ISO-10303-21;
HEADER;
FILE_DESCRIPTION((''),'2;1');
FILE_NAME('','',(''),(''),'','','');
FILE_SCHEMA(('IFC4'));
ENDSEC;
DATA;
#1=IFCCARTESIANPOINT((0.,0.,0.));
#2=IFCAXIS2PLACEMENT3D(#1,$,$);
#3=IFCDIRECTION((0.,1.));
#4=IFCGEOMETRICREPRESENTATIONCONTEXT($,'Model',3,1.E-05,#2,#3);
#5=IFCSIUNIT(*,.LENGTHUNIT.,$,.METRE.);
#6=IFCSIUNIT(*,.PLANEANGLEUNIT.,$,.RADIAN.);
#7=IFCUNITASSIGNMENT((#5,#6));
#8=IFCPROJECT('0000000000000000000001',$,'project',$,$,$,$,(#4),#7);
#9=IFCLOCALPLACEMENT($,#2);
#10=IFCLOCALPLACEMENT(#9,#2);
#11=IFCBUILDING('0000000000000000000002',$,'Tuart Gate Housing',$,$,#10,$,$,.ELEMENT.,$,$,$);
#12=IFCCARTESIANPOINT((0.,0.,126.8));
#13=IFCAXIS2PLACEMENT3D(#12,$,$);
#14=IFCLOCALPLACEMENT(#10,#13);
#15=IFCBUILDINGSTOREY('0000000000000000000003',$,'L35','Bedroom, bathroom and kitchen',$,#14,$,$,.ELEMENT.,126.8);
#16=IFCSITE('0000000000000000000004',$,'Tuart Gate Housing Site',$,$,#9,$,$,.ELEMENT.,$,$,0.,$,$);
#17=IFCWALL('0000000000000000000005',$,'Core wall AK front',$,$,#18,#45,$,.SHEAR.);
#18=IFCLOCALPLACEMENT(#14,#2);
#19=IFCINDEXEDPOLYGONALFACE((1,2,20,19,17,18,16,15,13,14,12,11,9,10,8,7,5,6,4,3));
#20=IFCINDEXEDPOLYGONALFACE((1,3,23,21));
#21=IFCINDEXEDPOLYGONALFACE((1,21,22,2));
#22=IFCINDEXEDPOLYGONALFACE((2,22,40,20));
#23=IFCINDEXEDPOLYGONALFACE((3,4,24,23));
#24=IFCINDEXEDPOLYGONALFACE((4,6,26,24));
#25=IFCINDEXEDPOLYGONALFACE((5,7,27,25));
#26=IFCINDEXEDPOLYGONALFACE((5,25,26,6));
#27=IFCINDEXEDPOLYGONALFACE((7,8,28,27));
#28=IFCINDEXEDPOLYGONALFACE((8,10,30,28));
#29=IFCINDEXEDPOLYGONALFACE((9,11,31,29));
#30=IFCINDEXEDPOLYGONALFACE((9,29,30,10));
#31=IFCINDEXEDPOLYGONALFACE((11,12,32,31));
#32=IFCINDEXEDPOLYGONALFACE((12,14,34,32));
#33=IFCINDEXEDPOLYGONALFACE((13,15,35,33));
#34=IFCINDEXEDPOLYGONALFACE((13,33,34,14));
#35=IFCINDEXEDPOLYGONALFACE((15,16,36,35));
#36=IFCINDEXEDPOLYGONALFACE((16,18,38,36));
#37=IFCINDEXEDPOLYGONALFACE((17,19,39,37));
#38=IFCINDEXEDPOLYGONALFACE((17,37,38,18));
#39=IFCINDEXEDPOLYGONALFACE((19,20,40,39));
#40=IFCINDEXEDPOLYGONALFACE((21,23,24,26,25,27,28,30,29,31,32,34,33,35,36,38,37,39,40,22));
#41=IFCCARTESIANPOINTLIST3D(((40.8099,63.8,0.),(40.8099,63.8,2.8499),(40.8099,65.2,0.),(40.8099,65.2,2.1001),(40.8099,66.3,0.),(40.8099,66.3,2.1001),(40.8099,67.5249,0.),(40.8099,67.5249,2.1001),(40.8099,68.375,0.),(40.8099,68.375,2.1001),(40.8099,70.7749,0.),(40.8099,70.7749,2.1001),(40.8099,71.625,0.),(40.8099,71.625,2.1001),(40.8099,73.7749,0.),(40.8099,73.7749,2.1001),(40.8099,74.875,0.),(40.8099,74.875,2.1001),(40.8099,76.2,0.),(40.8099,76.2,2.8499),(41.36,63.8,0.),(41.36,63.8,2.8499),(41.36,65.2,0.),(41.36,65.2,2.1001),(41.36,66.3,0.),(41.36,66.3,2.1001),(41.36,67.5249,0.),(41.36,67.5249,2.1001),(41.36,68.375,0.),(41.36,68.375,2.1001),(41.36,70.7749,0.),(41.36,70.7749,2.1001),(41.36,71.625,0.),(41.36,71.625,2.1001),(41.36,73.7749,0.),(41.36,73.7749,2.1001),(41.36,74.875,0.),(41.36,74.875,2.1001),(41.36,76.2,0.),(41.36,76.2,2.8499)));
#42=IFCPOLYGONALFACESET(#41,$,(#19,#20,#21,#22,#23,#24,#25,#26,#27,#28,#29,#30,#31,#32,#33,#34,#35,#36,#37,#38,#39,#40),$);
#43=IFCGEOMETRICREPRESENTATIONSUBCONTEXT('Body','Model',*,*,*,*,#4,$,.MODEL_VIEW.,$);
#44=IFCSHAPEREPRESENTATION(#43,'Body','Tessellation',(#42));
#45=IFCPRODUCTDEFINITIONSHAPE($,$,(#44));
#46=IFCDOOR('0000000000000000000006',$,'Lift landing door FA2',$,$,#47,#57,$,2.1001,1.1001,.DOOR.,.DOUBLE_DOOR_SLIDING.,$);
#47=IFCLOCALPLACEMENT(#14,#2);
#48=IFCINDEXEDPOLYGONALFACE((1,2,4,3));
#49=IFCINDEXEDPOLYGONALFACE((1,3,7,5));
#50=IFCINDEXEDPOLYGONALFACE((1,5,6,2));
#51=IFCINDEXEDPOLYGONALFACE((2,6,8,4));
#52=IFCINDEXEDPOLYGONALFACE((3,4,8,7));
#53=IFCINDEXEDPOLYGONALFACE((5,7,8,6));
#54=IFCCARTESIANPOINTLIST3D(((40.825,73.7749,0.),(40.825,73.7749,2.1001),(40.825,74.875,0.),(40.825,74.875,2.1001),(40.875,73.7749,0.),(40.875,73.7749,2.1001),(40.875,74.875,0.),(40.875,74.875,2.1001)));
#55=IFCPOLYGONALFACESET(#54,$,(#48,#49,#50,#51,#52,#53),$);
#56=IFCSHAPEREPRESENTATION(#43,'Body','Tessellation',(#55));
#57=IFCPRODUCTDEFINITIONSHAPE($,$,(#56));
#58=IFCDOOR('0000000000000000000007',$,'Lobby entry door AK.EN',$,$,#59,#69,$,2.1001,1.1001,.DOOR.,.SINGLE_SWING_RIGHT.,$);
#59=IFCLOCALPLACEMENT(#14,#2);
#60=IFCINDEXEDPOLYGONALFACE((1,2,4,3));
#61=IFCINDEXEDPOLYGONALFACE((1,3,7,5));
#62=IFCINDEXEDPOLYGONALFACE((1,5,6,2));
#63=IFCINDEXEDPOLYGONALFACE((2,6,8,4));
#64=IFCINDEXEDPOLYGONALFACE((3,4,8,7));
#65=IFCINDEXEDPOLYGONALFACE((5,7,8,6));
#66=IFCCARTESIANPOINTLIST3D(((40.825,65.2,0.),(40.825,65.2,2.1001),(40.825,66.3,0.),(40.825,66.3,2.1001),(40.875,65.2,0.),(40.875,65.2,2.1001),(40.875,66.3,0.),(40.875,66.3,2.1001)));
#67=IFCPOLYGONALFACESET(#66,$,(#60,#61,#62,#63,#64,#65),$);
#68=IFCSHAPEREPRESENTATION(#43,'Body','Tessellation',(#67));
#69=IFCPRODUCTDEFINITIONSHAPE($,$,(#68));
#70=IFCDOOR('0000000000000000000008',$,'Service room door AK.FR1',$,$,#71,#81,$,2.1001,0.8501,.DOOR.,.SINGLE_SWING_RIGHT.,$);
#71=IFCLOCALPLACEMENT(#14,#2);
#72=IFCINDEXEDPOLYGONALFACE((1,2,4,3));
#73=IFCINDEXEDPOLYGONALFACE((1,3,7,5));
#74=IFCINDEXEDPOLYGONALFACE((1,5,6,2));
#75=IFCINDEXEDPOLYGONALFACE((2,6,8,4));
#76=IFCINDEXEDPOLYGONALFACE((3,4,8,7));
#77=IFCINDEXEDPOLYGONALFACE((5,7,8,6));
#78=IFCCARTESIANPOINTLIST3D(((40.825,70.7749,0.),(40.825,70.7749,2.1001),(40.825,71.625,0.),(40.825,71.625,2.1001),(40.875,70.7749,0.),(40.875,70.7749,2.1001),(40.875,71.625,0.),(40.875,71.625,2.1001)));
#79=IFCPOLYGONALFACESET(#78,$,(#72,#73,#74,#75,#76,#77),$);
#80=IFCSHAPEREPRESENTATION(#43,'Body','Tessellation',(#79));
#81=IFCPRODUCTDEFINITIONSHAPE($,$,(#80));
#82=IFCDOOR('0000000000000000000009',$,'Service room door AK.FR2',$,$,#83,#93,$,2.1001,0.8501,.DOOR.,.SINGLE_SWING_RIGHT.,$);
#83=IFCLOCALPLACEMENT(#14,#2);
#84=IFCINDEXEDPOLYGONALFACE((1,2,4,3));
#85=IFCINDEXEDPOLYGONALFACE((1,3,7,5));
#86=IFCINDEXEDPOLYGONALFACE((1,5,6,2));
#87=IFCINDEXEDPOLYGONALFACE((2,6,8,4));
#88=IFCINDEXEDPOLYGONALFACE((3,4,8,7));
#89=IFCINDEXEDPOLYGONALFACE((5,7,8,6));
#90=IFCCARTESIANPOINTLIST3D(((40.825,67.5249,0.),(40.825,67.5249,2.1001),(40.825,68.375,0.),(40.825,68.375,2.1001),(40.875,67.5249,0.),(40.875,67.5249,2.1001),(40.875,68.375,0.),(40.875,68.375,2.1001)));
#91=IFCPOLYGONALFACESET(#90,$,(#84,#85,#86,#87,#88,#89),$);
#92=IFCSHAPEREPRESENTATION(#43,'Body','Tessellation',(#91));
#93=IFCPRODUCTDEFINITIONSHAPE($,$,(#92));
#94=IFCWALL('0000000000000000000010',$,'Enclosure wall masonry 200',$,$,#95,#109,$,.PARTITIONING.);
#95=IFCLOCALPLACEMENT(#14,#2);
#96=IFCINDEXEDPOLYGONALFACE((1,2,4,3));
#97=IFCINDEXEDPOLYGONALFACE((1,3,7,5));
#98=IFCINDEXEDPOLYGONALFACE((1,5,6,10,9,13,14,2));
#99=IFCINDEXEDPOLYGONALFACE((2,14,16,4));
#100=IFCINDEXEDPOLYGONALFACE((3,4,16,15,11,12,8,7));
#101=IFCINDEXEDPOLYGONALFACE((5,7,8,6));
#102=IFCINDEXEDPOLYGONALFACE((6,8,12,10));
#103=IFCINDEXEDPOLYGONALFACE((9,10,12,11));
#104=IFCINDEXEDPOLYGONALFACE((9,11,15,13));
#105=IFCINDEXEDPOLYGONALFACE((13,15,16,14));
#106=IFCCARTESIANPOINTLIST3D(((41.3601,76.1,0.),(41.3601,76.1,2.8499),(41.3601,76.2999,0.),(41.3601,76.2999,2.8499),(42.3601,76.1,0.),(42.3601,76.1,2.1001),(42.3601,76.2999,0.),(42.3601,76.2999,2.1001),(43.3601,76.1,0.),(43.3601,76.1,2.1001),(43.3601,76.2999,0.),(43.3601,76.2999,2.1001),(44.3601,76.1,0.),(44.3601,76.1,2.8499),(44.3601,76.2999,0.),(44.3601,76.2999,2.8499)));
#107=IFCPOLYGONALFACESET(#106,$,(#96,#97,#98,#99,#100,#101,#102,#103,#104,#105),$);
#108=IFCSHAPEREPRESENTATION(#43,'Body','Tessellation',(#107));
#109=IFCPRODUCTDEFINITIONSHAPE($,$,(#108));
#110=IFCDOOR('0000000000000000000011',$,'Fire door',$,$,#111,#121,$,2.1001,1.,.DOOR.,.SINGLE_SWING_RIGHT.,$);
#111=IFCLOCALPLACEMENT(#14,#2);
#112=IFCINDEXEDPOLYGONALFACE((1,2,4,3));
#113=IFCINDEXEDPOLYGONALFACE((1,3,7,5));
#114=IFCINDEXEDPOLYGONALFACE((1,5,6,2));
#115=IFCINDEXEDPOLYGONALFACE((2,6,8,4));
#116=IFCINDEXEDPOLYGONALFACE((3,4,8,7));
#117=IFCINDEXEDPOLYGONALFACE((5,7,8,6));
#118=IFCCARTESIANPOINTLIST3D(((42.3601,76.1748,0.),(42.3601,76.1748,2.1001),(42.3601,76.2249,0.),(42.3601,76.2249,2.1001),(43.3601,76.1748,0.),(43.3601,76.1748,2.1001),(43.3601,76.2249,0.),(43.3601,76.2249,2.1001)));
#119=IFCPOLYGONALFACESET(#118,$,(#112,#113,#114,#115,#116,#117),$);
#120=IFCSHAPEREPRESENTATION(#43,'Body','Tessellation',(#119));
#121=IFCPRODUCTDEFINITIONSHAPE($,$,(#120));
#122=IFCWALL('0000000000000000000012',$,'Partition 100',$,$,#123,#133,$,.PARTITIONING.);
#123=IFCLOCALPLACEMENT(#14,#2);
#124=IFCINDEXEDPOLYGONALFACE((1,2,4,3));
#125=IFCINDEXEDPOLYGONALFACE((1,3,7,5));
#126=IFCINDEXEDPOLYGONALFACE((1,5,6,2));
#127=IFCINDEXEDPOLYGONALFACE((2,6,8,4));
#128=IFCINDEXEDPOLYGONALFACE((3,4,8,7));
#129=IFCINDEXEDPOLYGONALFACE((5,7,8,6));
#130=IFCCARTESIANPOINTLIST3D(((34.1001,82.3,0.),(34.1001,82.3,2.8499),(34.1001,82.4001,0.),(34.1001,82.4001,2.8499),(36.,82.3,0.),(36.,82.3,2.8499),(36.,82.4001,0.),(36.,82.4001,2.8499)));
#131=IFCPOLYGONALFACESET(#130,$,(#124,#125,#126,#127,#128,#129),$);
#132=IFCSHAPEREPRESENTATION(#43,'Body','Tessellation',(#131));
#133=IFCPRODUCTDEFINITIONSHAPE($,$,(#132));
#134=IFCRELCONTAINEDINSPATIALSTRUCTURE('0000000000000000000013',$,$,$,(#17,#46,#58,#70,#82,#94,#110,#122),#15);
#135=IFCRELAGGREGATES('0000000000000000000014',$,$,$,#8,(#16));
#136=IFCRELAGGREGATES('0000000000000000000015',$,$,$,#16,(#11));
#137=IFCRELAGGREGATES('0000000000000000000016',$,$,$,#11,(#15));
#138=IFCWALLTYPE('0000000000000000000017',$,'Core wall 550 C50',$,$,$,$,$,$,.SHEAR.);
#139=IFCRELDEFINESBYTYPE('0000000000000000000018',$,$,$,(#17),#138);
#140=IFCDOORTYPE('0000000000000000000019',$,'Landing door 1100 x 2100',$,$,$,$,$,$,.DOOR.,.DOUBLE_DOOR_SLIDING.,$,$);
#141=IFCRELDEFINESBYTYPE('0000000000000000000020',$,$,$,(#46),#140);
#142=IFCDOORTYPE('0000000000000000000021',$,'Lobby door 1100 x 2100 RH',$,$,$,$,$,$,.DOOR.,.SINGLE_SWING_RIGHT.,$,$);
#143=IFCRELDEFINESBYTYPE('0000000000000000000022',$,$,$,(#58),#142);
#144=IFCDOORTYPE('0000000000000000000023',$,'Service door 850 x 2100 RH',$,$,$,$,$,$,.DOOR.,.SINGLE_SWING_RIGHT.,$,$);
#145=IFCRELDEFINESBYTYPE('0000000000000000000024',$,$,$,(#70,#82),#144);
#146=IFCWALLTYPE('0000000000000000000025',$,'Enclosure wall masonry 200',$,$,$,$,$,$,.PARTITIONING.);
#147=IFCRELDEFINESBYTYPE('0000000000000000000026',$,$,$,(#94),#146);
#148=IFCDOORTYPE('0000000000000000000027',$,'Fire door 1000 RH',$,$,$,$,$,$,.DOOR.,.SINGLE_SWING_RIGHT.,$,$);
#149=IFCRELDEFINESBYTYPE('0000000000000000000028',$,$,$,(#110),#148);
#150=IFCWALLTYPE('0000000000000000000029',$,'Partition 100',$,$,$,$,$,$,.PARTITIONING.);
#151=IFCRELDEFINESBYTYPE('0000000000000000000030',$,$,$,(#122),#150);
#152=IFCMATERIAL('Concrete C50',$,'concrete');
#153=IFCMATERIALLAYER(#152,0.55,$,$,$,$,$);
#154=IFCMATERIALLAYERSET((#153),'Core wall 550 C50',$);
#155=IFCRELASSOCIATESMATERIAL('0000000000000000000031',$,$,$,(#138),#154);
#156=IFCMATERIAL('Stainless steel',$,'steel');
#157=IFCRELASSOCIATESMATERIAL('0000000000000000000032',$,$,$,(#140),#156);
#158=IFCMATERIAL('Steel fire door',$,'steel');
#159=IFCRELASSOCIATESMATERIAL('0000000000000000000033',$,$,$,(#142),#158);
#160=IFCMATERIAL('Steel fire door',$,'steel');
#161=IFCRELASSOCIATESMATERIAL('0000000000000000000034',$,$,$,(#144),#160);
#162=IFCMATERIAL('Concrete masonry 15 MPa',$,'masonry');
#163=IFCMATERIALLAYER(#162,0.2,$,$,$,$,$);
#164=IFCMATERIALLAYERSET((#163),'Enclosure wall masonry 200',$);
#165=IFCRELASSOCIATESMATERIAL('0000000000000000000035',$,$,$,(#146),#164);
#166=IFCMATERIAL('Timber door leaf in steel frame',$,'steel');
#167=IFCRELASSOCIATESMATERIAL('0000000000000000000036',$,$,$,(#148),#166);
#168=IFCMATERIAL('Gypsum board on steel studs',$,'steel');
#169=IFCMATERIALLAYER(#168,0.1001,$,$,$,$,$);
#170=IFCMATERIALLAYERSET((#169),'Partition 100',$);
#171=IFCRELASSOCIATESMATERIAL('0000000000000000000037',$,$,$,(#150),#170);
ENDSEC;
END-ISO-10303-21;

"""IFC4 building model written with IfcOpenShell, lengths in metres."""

from ifc_helpers import new_model, si_unit, direction, frame, frame_2d, origin, place, context, subcontext, project, spatial, rectangle, extrude, material, layer, layer_set, type_object, element, fill, save


model = new_model("IFC4")

# Units and contexts
model_context = context("Model", 3, precision=1e-05, world=origin(), true_north=direction((0.0, 1.0)))
body_context = subcontext(model_context, "Body", "Model", "MODEL_VIEW")
ifc_project = project(units=[si_unit("LENGTHUNIT", "METRE"), si_unit("PLANEANGLEUNIT", "RADIAN")], contexts=[model_context])

# Site, building, storey
site_placement = place(None, origin())
site = spatial("IfcSite", under=ifc_project, at=site_placement, Name="Tuart Gate Housing Site", CompositionType="ELEMENT", RefElevation=0.0)
building_placement = place(site_placement, origin())
building = spatial("IfcBuilding", under=site, at=building_placement, Name="Tuart Gate Housing", CompositionType="ELEMENT")
storey_placement = place(building_placement, frame((0.0, 0.0, 126.8)))
storey = spatial("IfcBuildingStorey", under=building, at=storey_placement, Name="L35", Description="Bedroom, bathroom and kitchen", CompositionType="ELEMENT", Elevation=126.8)

# Wall, openings, doors
ifc_material_1 = material(Name="Concrete C50", Category="concrete")
ifc_layer_1 = layer(ifc_material_1, 0.55)
ifc_layer_set_1 = layer_set([ifc_layer_1], Name="Core wall 550 C50")
wall_type_1 = type_object("IfcWallType", Name="Core wall 550 C50", PredefinedType="SHEAR", material=ifc_layer_set_1)
wall_1_placement = place(storey_placement, frame((41.085, 76.2, 0.0), z_axis=(0.0, 0.0, 1.0), x_axis=(0.0, -1.0, 0.0)))
wall_1 = element("IfcWall", 1, at=wall_1_placement, inside=storey, type_object=wall_type_1, Name="Core wall AK front", PredefinedType="SHEAR", context=body_context, shape_type="SweptSolid", body=[
    extrude(rectangle(XDim=12.3999, YDim=0.55, at=frame_2d((6.2, 0.0))), origin(), (0.0, 0.0, 1.0), 2.8499),
])
opening_1_placement = place(wall_1_placement, frame((1.325, 0.0, 0.0)))
opening_1 = element("IfcOpeningElement", 2, at=opening_1_placement, cuts=wall_1, PredefinedType="OPENING", context=body_context, shape_type="SweptSolid", body=[
    extrude(rectangle(XDim=1.1001, YDim=2.1001, at=frame_2d((0.55, 1.05))), frame((0.0, 0.2849, 0.0), z_axis=(0.0, -1.0, 0.0), x_axis=(1.0, 0.0, 0.0)), (0.0, 0.0, 1.0), 0.5701),
])
opening_2_placement = place(wall_1_placement, frame((4.575, 0.0, 0.0)))
opening_2 = element("IfcOpeningElement", 3, at=opening_2_placement, cuts=wall_1, PredefinedType="OPENING", context=body_context, shape_type="SweptSolid", body=[
    extrude(rectangle(XDim=0.8501, YDim=2.1001, at=frame_2d((0.425, 1.05))), frame((0.0, 0.2849, 0.0), z_axis=(0.0, -1.0, 0.0), x_axis=(1.0, 0.0, 0.0)), (0.0, 0.0, 1.0), 0.5701),
])
opening_3_placement = place(wall_1_placement, frame((7.825, 0.0, 0.0)))
opening_3 = element("IfcOpeningElement", 4, at=opening_3_placement, cuts=wall_1, PredefinedType="OPENING", context=body_context, shape_type="SweptSolid", body=[
    extrude(rectangle(XDim=0.8501, YDim=2.1001, at=frame_2d((0.425, 1.05))), frame((0.0, 0.2849, 0.0), z_axis=(0.0, -1.0, 0.0), x_axis=(1.0, 0.0, 0.0)), (0.0, 0.0, 1.0), 0.5701),
])
opening_4_placement = place(wall_1_placement, frame((9.8999, 0.0, 0.0)))
opening_4 = element("IfcOpeningElement", 5, at=opening_4_placement, cuts=wall_1, PredefinedType="OPENING", context=body_context, shape_type="SweptSolid", body=[
    extrude(rectangle(XDim=1.1001, YDim=2.1001, at=frame_2d((0.55, 1.05))), frame((0.0, 0.2849, 0.0), z_axis=(0.0, -1.0, 0.0), x_axis=(1.0, 0.0, 0.0)), (0.0, 0.0, 1.0), 0.5701),
])
ifc_material_2 = material(Name="Stainless steel", Category="steel")
door_type_1 = type_object("IfcDoorType", Name="Landing door 1100 x 2100", OperationType="DOUBLE_DOOR_SLIDING", PredefinedType="DOOR", material=ifc_material_2)
door_1_placement = place(opening_1_placement, origin())
door_1 = element("IfcDoor", 6, at=door_1_placement, inside=storey, type_object=door_type_1, Name="Lift landing door FA2", OperationType="DOUBLE_DOOR_SLIDING", OverallHeight=2.1001, OverallWidth=1.1001, PredefinedType="DOOR", context=body_context, shape_type="SweptSolid", body=[
    extrude(rectangle(XDim=1.1001, YDim=2.1001, at=frame_2d((0.55, 1.05))), frame((0.0, -0.21, 0.0), z_axis=(0.0, -1.0, 0.0), x_axis=(1.0, 0.0, 0.0)), (0.0, 0.0, 1.0), 0.05),
])
fill(opening_1, door_1)
ifc_material_3 = material(Name="Steel fire door", Category="steel")
door_type_2 = type_object("IfcDoorType", Name="Lobby door 1100 x 2100 RH", OperationType="SINGLE_SWING_RIGHT", PredefinedType="DOOR", material=ifc_material_3)
door_2_placement = place(opening_4_placement, frame((1.1001, 0.0, 0.0), z_axis=(0.0, 0.0, 1.0), x_axis=(-1.0, 0.0, 0.0)))
door_2 = element("IfcDoor", 7, at=door_2_placement, inside=storey, type_object=door_type_2, Name="Lobby entry door AK.EN", OperationType="SINGLE_SWING_RIGHT", OverallHeight=2.1001, OverallWidth=1.1001, PredefinedType="DOOR", context=body_context, shape_type="SweptSolid", body=[
    extrude(rectangle(XDim=1.1001, YDim=2.1001, at=frame_2d((0.55, 1.05))), frame((0.0, 0.26, 0.0), z_axis=(0.0, -1.0, 0.0), x_axis=(1.0, 0.0, 0.0)), (0.0, 0.0, 1.0), 0.05),
])
fill(opening_4, door_2)
ifc_material_4 = material(Name="Steel fire door", Category="steel")
door_type_3 = type_object("IfcDoorType", Name="Service door 850 x 2100 RH", OperationType="SINGLE_SWING_RIGHT", PredefinedType="DOOR", material=ifc_material_4)
door_3_placement = place(opening_2_placement, frame((0.8501, 0.0, 0.0), z_axis=(0.0, 0.0, 1.0), x_axis=(-1.0, 0.0, 0.0)))
door_3 = element("IfcDoor", 8, at=door_3_placement, inside=storey, type_object=door_type_3, Name="Service room door AK.FR1", OperationType="SINGLE_SWING_RIGHT", OverallHeight=2.1001, OverallWidth=0.8501, PredefinedType="DOOR", context=body_context, shape_type="SweptSolid", body=[
    extrude(rectangle(XDim=0.8501, YDim=2.1001, at=frame_2d((0.425, 1.05))), frame((0.0, 0.26, 0.0), z_axis=(0.0, -1.0, 0.0), x_axis=(1.0, 0.0, 0.0)), (0.0, 0.0, 1.0), 0.05),
])
fill(opening_2, door_3)
door_4_placement = place(opening_3_placement, frame((0.8501, 0.0, 0.0), z_axis=(0.0, 0.0, 1.0), x_axis=(-1.0, 0.0, 0.0)))
door_4 = element("IfcDoor", 9, at=door_4_placement, inside=storey, type_object=door_type_3, Name="Service room door AK.FR2", OperationType="SINGLE_SWING_RIGHT", OverallHeight=2.1001, OverallWidth=0.8501, PredefinedType="DOOR", context=body_context, shape_type="SweptSolid", body=[
    extrude(rectangle(XDim=0.8501, YDim=2.1001, at=frame_2d((0.425, 1.05))), frame((0.0, 0.26, 0.0), z_axis=(0.0, -1.0, 0.0), x_axis=(1.0, 0.0, 0.0)), (0.0, 0.0, 1.0), 0.05),
])
fill(opening_3, door_4)

# Wall, opening, door
ifc_material_5 = material(Name="Concrete masonry 15 MPa", Category="masonry")
ifc_layer_2 = layer(ifc_material_5, 0.2)
ifc_layer_set_2 = layer_set([ifc_layer_2], Name="Enclosure wall masonry 200")
wall_type_2 = type_object("IfcWallType", Name="Enclosure wall masonry 200", PredefinedType="PARTITIONING", material=ifc_layer_set_2)
wall_2_placement = place(storey_placement, frame((41.3601, 76.2, 0.0), z_axis=(0.0, 0.0, 1.0), x_axis=(1.0, 0.0, 0.0)))
wall_2 = element("IfcWall", 10, at=wall_2_placement, inside=storey, type_object=wall_type_2, Name="Enclosure wall masonry 200", PredefinedType="PARTITIONING", context=body_context, shape_type="SweptSolid", body=[
    extrude(rectangle(XDim=3.0, YDim=0.2, at=frame_2d((1.5, 0.0))), origin(), (0.0, 0.0, 1.0), 2.8499),
])
opening_5_placement = place(wall_2_placement, frame((1.0, 0.0, 0.0)))
opening_5 = element("IfcOpeningElement", 11, at=opening_5_placement, cuts=wall_2, PredefinedType="OPENING", context=body_context, shape_type="SweptSolid", body=[
    extrude(rectangle(XDim=1.0, YDim=2.1001, at=frame_2d((0.5, 1.05))), frame((0.0, 0.1099, 0.0), z_axis=(0.0, -1.0, 0.0), x_axis=(1.0, 0.0, 0.0)), (0.0, 0.0, 1.0), 0.22),
])
ifc_material_6 = material(Name="Timber door leaf in steel frame", Category="steel")
door_type_4 = type_object("IfcDoorType", Name="Fire door 1000 RH", OperationType="SINGLE_SWING_RIGHT", PredefinedType="DOOR", material=ifc_material_6)
door_5_placement = place(opening_5_placement, origin())
door_5 = element("IfcDoor", 12, at=door_5_placement, inside=storey, type_object=door_type_4, Name="Fire door", OperationType="SINGLE_SWING_RIGHT", OverallHeight=2.1001, OverallWidth=1.0, PredefinedType="DOOR", context=body_context, shape_type="SweptSolid", body=[
    extrude(rectangle(XDim=1.0, YDim=2.1001, at=frame_2d((0.5, 1.05))), frame((0.0, 0.0249, 0.0), z_axis=(0.0, -1.0, 0.0), x_axis=(1.0, 0.0, 0.0)), (0.0, 0.0, 1.0), 0.05),
])
fill(opening_5, door_5)

# Wall
ifc_material_7 = material(Name="Gypsum board on steel studs", Category="steel")
ifc_layer_3 = layer(ifc_material_7, 0.1001)
ifc_layer_set_3 = layer_set([ifc_layer_3], Name="Partition 100")
wall_type_3 = type_object("IfcWallType", Name="Partition 100", PredefinedType="PARTITIONING", material=ifc_layer_set_3)
wall_3_placement = place(storey_placement, frame((34.1001, 82.3501, 0.0), z_axis=(0.0, 0.0, 1.0), x_axis=(1.0, 0.0, 0.0)))
element("IfcWall", 13, at=wall_3_placement, inside=storey, type_object=wall_type_3, Name="Partition 100", PredefinedType="PARTITIONING", context=body_context, shape_type="SweptSolid", body=[
    extrude(rectangle(XDim=1.8999, YDim=0.1001, at=frame_2d((0.95, 0.0))), origin(), (0.0, 0.0, 1.0), 2.8499),
])

save(model, "model.ifc")
